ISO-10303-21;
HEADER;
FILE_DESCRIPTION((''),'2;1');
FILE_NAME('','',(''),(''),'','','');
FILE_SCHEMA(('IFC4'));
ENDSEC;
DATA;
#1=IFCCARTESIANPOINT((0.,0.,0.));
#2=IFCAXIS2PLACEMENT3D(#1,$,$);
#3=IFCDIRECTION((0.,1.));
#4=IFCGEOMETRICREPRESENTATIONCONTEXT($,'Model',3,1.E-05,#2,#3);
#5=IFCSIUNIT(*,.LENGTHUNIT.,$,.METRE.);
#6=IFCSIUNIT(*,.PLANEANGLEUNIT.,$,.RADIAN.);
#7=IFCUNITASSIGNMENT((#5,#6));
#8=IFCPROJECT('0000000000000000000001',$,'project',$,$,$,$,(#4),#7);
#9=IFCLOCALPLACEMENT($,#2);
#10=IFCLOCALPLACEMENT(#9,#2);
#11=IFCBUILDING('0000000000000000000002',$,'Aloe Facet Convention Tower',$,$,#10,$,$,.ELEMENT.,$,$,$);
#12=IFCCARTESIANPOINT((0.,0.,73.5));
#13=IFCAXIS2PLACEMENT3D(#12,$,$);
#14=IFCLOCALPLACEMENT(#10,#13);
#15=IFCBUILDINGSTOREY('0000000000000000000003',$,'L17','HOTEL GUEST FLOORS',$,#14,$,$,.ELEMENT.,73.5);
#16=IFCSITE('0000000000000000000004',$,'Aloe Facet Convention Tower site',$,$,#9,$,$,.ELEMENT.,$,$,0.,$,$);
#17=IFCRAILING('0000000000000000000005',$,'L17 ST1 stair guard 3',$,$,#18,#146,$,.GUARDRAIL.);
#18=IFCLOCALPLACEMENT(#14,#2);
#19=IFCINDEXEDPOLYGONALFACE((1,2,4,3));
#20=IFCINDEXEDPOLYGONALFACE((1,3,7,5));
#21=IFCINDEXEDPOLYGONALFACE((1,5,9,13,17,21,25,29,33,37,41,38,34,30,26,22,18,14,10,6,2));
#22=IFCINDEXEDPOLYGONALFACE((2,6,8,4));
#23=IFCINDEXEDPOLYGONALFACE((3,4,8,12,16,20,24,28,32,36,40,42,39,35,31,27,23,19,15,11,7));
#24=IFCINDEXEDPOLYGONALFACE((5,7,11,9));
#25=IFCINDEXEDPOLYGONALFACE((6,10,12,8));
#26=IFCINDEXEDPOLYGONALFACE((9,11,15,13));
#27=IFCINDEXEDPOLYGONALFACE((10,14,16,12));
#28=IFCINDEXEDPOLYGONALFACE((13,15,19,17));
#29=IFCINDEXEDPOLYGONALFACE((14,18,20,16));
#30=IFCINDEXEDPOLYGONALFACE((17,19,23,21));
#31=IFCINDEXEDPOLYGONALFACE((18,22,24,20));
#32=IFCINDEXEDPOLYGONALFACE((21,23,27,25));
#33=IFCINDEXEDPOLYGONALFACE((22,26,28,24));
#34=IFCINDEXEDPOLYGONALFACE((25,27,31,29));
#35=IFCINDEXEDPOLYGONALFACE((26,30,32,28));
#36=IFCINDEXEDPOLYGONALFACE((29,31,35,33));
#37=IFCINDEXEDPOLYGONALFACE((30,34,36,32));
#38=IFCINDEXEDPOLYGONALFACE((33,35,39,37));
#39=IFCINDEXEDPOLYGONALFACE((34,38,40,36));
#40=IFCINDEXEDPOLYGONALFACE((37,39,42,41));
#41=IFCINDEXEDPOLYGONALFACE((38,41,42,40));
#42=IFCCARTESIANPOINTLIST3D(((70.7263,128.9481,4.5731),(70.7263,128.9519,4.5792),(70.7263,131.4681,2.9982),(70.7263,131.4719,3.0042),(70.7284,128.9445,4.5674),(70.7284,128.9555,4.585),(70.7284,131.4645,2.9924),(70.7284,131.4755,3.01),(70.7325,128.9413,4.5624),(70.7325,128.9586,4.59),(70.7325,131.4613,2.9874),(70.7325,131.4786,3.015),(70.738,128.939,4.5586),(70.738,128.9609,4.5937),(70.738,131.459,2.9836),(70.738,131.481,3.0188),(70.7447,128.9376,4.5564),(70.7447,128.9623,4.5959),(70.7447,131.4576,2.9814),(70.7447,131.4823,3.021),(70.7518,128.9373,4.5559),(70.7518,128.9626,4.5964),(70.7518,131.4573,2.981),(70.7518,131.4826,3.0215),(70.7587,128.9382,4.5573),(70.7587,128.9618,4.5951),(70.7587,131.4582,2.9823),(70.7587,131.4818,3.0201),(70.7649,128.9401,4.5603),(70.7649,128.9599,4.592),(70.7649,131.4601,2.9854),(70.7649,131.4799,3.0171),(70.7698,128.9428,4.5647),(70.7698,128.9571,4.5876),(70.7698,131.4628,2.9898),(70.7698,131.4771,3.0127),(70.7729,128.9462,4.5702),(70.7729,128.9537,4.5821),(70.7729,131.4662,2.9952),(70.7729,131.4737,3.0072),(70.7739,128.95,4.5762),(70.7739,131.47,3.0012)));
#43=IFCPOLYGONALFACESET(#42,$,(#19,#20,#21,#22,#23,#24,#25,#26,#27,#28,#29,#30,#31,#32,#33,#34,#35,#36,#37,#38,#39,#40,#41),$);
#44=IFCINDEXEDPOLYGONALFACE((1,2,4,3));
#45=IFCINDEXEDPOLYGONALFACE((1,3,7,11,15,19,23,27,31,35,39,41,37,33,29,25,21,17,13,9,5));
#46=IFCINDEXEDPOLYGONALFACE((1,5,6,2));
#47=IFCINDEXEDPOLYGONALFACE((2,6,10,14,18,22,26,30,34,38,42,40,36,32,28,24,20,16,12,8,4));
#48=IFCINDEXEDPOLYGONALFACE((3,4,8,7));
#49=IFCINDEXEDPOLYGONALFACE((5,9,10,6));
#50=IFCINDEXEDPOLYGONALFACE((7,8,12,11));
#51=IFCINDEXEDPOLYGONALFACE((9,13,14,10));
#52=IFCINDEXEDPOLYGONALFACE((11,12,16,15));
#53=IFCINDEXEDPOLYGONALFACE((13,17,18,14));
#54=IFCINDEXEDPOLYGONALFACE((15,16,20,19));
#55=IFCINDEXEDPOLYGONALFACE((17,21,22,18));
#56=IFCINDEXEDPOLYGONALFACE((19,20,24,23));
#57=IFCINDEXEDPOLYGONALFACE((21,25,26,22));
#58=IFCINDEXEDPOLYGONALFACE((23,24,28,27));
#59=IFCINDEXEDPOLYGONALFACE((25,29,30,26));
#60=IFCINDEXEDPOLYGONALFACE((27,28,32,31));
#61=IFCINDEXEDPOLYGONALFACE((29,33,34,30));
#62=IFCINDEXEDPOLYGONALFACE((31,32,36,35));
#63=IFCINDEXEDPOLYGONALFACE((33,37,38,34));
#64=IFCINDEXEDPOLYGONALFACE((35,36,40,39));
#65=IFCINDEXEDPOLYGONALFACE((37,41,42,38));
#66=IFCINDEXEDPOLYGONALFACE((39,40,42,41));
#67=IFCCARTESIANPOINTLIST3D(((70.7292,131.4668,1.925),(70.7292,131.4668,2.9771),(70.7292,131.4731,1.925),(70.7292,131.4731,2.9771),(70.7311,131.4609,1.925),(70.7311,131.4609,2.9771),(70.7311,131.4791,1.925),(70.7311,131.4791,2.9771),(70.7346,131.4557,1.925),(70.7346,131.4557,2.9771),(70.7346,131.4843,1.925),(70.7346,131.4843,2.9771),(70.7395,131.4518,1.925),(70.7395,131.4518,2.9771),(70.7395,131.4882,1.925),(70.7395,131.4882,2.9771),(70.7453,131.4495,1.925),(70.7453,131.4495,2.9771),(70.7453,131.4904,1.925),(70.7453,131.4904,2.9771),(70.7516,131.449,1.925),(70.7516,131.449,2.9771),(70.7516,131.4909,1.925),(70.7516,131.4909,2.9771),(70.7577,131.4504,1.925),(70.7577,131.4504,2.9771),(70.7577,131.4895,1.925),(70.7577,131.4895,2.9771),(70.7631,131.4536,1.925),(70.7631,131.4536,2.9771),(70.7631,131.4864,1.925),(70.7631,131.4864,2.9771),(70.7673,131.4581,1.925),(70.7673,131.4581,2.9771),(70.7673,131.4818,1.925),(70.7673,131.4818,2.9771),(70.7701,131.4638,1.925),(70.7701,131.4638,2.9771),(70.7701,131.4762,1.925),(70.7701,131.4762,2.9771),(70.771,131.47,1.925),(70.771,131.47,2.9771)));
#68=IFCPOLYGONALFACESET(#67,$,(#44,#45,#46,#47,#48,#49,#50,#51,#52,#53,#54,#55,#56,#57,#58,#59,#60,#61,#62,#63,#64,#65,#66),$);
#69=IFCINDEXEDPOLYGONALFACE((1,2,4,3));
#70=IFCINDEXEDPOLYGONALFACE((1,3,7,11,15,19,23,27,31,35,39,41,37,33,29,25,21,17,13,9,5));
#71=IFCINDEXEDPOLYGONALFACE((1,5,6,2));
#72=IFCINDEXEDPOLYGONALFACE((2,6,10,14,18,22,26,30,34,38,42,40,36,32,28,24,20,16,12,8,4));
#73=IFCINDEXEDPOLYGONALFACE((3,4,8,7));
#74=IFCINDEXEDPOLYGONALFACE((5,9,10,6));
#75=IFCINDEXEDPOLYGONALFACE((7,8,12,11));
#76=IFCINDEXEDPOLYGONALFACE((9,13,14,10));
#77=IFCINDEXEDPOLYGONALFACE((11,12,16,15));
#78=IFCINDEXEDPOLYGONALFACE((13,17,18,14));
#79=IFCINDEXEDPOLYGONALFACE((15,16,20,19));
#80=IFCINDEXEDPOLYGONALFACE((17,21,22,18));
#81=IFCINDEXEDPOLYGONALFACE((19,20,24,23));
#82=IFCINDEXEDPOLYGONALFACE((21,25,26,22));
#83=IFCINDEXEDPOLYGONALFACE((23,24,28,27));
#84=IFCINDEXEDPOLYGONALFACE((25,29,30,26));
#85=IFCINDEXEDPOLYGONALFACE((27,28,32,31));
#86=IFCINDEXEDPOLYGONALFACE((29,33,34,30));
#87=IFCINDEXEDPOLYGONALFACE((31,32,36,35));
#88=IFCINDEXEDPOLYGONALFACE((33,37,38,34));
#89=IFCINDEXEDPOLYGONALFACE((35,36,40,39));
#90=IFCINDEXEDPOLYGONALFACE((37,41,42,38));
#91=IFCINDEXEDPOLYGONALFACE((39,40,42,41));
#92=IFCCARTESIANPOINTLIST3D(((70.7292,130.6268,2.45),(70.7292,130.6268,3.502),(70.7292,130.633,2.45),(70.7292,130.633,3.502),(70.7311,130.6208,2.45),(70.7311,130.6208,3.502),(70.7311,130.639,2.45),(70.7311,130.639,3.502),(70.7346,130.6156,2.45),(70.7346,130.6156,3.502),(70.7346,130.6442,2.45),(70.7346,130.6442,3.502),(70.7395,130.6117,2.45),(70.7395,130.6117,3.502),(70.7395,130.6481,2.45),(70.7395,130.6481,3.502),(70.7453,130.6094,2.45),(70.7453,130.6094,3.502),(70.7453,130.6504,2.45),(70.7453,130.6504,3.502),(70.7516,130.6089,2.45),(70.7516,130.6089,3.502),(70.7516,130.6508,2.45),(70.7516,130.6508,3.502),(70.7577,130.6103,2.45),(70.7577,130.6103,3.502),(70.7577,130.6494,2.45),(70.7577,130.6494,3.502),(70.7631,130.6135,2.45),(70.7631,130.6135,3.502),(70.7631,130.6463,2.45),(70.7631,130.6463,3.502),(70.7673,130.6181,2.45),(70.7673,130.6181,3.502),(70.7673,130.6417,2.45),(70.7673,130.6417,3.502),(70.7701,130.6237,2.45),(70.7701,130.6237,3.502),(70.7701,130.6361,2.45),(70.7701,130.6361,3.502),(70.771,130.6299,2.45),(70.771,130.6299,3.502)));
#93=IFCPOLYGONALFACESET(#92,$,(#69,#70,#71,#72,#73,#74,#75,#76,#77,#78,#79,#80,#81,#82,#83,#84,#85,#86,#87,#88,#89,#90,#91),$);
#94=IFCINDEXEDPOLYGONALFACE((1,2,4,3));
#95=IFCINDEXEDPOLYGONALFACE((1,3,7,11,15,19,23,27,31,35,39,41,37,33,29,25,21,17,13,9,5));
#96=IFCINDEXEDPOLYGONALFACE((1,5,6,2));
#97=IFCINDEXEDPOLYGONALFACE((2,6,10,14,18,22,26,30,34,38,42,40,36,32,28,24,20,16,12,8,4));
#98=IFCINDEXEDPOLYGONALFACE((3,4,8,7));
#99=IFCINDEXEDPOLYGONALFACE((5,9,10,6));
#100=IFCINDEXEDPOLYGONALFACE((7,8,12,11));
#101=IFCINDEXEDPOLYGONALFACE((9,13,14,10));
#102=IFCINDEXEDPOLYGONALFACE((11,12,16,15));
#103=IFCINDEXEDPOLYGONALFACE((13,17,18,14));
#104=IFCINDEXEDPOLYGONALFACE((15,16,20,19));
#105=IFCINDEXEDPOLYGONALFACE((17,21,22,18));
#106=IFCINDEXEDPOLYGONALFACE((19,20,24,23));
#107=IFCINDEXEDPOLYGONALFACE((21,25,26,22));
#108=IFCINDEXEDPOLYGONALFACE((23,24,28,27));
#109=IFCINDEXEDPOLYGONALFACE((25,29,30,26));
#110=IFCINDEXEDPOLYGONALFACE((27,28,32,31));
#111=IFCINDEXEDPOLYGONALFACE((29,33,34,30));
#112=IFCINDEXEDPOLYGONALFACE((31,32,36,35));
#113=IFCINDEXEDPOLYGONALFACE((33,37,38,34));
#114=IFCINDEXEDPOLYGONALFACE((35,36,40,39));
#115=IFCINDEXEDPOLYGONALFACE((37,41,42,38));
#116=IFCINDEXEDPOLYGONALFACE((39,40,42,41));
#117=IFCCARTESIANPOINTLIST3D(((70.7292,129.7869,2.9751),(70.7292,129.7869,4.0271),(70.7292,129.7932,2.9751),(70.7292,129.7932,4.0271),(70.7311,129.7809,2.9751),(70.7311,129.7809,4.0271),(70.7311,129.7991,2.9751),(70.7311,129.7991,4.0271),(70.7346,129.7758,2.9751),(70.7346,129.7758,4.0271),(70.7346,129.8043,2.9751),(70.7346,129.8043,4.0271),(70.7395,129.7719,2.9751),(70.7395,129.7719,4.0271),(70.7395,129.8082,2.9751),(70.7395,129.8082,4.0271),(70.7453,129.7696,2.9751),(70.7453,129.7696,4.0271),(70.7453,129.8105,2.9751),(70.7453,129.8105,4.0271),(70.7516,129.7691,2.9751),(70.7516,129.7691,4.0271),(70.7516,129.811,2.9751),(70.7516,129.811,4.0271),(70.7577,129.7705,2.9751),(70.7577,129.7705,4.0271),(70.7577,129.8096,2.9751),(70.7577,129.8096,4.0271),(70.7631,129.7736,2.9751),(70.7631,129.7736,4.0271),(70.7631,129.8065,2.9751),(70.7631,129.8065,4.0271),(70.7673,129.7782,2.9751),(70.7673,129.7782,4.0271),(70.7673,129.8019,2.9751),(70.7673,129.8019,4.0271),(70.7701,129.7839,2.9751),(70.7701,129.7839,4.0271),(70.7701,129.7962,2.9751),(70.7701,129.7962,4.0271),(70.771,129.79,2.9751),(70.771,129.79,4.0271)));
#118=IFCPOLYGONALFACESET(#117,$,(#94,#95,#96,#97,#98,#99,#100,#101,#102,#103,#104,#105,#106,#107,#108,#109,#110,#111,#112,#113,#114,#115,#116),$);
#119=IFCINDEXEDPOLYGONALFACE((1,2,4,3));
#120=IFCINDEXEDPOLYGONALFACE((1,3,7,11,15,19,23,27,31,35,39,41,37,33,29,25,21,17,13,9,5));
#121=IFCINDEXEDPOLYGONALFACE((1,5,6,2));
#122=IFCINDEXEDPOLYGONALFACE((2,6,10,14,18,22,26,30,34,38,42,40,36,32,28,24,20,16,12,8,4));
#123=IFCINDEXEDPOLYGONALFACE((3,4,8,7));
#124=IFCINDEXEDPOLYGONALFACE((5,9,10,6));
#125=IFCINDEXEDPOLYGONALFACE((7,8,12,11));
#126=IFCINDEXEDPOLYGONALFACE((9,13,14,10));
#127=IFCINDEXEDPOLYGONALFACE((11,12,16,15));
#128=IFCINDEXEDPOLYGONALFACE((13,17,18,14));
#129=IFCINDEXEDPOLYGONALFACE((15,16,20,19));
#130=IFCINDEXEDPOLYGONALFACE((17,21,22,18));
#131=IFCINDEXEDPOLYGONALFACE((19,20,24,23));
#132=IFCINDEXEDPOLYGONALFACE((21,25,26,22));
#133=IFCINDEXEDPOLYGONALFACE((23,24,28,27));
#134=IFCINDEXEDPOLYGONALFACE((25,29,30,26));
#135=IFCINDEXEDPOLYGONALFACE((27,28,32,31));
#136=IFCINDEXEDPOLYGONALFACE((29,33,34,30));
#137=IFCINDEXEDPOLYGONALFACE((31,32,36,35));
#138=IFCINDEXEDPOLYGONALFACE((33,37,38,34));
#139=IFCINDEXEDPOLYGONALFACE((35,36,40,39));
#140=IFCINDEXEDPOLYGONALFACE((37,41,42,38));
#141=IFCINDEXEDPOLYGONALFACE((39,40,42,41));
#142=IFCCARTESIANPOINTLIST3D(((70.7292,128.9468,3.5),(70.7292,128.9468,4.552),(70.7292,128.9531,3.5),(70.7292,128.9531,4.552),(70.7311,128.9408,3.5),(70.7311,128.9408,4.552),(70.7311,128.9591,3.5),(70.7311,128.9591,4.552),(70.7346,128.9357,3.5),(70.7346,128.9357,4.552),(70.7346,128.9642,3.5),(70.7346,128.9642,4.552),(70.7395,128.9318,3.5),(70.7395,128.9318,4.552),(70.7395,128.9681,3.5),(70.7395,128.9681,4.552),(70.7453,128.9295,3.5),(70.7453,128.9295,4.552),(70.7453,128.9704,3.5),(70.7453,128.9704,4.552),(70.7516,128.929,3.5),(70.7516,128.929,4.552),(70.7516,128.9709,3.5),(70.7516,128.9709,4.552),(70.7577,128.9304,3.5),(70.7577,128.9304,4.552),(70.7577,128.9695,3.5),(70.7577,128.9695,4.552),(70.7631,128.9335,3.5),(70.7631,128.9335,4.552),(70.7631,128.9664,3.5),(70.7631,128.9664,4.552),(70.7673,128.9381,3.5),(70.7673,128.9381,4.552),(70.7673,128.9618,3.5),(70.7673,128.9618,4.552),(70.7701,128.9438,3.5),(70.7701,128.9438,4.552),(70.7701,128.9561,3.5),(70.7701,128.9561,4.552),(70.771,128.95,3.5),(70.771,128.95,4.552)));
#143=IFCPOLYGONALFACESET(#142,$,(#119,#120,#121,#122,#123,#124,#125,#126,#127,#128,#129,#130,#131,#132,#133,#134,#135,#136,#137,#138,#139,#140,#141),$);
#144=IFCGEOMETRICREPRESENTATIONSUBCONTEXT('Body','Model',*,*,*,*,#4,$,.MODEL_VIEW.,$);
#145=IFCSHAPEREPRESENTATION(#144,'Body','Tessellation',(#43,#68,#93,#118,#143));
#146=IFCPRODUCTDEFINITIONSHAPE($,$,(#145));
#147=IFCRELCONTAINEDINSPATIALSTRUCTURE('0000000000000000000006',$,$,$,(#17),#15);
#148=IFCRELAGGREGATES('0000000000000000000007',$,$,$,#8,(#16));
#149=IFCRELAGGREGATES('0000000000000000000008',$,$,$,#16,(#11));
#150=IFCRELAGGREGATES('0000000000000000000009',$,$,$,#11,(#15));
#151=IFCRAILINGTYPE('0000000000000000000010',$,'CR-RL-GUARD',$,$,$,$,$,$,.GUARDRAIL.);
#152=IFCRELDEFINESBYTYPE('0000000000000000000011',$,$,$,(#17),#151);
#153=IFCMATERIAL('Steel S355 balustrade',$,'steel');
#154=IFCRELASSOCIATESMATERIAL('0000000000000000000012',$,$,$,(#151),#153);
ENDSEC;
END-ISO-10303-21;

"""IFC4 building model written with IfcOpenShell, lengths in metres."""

from ifc_helpers import new_model, si_unit, direction, frame, origin, origin_2d, place, context, subcontext, project, spatial, circle, extrude, material, type_object, element, save


model = new_model("IFC4")

# Units and contexts
model_context = context("Model", 3, precision=1e-05, world=origin(), true_north=direction((0.0, 1.0)))
body_context = subcontext(model_context, "Body", "Model", "MODEL_VIEW")
ifc_project = project(units=[si_unit("LENGTHUNIT", "METRE"), si_unit("PLANEANGLEUNIT", "RADIAN")], contexts=[model_context])

# Site, building, storey
site_placement = place(None, origin())
site = spatial("IfcSite", under=ifc_project, at=site_placement, Name="Aloe Facet Convention Tower site", CompositionType="ELEMENT", RefElevation=0.0)
building_placement = place(site_placement, origin())
building = spatial("IfcBuilding", under=site, at=building_placement, Name="Aloe Facet Convention Tower", CompositionType="ELEMENT")
storey_placement = place(building_placement, frame((0.0, 0.0, 73.5)))
storey = spatial("IfcBuildingStorey", under=building, at=storey_placement, Name="L17", Description="HOTEL GUEST FLOORS", CompositionType="ELEMENT", Elevation=73.5)

# Railing
ifc_material_1 = material(Name="Steel S355 balustrade", Category="steel")
railing_type_1 = type_object("IfcRailingType", Name="CR-RL-GUARD", PredefinedType="GUARDRAIL", material=ifc_material_1)
railing_1_placement = place(storey_placement, frame((70.75, 131.47, 1.925)))
element("IfcRailing", 1, at=railing_1_placement, inside=storey, type_object=railing_type_1, Name="L17 ST1 stair guard 3", PredefinedType="GUARDRAIL", context=body_context, shape_type="SweptSolid", body=[
    extrude(circle(Radius=0.0239, at=origin_2d()), frame((0.0, 0.0, 1.0762), z_axis=(0.0, -0.848008, 0.529984), x_axis=(1.0, 0.0, 0.0)), (0.0, 0.0, 1.0), 2.9717),
    extrude(circle(Radius=0.021, at=origin_2d()), origin(), (0.0, 0.0, 1.0), 1.052),
    extrude(circle(Radius=0.021, at=origin_2d()), frame((0.0, -0.8401, 0.5249)), (0.0, 0.0, 1.0), 1.052),
    extrude(circle(Radius=0.021, at=origin_2d()), frame((0.0, -1.6799, 1.05)), (0.0, 0.0, 1.0), 1.052),
    extrude(circle(Radius=0.021, at=origin_2d()), frame((0.0, -2.52, 1.575)), (0.0, 0.0, 1.0), 1.052),
])

save(model, "model.ifc")
